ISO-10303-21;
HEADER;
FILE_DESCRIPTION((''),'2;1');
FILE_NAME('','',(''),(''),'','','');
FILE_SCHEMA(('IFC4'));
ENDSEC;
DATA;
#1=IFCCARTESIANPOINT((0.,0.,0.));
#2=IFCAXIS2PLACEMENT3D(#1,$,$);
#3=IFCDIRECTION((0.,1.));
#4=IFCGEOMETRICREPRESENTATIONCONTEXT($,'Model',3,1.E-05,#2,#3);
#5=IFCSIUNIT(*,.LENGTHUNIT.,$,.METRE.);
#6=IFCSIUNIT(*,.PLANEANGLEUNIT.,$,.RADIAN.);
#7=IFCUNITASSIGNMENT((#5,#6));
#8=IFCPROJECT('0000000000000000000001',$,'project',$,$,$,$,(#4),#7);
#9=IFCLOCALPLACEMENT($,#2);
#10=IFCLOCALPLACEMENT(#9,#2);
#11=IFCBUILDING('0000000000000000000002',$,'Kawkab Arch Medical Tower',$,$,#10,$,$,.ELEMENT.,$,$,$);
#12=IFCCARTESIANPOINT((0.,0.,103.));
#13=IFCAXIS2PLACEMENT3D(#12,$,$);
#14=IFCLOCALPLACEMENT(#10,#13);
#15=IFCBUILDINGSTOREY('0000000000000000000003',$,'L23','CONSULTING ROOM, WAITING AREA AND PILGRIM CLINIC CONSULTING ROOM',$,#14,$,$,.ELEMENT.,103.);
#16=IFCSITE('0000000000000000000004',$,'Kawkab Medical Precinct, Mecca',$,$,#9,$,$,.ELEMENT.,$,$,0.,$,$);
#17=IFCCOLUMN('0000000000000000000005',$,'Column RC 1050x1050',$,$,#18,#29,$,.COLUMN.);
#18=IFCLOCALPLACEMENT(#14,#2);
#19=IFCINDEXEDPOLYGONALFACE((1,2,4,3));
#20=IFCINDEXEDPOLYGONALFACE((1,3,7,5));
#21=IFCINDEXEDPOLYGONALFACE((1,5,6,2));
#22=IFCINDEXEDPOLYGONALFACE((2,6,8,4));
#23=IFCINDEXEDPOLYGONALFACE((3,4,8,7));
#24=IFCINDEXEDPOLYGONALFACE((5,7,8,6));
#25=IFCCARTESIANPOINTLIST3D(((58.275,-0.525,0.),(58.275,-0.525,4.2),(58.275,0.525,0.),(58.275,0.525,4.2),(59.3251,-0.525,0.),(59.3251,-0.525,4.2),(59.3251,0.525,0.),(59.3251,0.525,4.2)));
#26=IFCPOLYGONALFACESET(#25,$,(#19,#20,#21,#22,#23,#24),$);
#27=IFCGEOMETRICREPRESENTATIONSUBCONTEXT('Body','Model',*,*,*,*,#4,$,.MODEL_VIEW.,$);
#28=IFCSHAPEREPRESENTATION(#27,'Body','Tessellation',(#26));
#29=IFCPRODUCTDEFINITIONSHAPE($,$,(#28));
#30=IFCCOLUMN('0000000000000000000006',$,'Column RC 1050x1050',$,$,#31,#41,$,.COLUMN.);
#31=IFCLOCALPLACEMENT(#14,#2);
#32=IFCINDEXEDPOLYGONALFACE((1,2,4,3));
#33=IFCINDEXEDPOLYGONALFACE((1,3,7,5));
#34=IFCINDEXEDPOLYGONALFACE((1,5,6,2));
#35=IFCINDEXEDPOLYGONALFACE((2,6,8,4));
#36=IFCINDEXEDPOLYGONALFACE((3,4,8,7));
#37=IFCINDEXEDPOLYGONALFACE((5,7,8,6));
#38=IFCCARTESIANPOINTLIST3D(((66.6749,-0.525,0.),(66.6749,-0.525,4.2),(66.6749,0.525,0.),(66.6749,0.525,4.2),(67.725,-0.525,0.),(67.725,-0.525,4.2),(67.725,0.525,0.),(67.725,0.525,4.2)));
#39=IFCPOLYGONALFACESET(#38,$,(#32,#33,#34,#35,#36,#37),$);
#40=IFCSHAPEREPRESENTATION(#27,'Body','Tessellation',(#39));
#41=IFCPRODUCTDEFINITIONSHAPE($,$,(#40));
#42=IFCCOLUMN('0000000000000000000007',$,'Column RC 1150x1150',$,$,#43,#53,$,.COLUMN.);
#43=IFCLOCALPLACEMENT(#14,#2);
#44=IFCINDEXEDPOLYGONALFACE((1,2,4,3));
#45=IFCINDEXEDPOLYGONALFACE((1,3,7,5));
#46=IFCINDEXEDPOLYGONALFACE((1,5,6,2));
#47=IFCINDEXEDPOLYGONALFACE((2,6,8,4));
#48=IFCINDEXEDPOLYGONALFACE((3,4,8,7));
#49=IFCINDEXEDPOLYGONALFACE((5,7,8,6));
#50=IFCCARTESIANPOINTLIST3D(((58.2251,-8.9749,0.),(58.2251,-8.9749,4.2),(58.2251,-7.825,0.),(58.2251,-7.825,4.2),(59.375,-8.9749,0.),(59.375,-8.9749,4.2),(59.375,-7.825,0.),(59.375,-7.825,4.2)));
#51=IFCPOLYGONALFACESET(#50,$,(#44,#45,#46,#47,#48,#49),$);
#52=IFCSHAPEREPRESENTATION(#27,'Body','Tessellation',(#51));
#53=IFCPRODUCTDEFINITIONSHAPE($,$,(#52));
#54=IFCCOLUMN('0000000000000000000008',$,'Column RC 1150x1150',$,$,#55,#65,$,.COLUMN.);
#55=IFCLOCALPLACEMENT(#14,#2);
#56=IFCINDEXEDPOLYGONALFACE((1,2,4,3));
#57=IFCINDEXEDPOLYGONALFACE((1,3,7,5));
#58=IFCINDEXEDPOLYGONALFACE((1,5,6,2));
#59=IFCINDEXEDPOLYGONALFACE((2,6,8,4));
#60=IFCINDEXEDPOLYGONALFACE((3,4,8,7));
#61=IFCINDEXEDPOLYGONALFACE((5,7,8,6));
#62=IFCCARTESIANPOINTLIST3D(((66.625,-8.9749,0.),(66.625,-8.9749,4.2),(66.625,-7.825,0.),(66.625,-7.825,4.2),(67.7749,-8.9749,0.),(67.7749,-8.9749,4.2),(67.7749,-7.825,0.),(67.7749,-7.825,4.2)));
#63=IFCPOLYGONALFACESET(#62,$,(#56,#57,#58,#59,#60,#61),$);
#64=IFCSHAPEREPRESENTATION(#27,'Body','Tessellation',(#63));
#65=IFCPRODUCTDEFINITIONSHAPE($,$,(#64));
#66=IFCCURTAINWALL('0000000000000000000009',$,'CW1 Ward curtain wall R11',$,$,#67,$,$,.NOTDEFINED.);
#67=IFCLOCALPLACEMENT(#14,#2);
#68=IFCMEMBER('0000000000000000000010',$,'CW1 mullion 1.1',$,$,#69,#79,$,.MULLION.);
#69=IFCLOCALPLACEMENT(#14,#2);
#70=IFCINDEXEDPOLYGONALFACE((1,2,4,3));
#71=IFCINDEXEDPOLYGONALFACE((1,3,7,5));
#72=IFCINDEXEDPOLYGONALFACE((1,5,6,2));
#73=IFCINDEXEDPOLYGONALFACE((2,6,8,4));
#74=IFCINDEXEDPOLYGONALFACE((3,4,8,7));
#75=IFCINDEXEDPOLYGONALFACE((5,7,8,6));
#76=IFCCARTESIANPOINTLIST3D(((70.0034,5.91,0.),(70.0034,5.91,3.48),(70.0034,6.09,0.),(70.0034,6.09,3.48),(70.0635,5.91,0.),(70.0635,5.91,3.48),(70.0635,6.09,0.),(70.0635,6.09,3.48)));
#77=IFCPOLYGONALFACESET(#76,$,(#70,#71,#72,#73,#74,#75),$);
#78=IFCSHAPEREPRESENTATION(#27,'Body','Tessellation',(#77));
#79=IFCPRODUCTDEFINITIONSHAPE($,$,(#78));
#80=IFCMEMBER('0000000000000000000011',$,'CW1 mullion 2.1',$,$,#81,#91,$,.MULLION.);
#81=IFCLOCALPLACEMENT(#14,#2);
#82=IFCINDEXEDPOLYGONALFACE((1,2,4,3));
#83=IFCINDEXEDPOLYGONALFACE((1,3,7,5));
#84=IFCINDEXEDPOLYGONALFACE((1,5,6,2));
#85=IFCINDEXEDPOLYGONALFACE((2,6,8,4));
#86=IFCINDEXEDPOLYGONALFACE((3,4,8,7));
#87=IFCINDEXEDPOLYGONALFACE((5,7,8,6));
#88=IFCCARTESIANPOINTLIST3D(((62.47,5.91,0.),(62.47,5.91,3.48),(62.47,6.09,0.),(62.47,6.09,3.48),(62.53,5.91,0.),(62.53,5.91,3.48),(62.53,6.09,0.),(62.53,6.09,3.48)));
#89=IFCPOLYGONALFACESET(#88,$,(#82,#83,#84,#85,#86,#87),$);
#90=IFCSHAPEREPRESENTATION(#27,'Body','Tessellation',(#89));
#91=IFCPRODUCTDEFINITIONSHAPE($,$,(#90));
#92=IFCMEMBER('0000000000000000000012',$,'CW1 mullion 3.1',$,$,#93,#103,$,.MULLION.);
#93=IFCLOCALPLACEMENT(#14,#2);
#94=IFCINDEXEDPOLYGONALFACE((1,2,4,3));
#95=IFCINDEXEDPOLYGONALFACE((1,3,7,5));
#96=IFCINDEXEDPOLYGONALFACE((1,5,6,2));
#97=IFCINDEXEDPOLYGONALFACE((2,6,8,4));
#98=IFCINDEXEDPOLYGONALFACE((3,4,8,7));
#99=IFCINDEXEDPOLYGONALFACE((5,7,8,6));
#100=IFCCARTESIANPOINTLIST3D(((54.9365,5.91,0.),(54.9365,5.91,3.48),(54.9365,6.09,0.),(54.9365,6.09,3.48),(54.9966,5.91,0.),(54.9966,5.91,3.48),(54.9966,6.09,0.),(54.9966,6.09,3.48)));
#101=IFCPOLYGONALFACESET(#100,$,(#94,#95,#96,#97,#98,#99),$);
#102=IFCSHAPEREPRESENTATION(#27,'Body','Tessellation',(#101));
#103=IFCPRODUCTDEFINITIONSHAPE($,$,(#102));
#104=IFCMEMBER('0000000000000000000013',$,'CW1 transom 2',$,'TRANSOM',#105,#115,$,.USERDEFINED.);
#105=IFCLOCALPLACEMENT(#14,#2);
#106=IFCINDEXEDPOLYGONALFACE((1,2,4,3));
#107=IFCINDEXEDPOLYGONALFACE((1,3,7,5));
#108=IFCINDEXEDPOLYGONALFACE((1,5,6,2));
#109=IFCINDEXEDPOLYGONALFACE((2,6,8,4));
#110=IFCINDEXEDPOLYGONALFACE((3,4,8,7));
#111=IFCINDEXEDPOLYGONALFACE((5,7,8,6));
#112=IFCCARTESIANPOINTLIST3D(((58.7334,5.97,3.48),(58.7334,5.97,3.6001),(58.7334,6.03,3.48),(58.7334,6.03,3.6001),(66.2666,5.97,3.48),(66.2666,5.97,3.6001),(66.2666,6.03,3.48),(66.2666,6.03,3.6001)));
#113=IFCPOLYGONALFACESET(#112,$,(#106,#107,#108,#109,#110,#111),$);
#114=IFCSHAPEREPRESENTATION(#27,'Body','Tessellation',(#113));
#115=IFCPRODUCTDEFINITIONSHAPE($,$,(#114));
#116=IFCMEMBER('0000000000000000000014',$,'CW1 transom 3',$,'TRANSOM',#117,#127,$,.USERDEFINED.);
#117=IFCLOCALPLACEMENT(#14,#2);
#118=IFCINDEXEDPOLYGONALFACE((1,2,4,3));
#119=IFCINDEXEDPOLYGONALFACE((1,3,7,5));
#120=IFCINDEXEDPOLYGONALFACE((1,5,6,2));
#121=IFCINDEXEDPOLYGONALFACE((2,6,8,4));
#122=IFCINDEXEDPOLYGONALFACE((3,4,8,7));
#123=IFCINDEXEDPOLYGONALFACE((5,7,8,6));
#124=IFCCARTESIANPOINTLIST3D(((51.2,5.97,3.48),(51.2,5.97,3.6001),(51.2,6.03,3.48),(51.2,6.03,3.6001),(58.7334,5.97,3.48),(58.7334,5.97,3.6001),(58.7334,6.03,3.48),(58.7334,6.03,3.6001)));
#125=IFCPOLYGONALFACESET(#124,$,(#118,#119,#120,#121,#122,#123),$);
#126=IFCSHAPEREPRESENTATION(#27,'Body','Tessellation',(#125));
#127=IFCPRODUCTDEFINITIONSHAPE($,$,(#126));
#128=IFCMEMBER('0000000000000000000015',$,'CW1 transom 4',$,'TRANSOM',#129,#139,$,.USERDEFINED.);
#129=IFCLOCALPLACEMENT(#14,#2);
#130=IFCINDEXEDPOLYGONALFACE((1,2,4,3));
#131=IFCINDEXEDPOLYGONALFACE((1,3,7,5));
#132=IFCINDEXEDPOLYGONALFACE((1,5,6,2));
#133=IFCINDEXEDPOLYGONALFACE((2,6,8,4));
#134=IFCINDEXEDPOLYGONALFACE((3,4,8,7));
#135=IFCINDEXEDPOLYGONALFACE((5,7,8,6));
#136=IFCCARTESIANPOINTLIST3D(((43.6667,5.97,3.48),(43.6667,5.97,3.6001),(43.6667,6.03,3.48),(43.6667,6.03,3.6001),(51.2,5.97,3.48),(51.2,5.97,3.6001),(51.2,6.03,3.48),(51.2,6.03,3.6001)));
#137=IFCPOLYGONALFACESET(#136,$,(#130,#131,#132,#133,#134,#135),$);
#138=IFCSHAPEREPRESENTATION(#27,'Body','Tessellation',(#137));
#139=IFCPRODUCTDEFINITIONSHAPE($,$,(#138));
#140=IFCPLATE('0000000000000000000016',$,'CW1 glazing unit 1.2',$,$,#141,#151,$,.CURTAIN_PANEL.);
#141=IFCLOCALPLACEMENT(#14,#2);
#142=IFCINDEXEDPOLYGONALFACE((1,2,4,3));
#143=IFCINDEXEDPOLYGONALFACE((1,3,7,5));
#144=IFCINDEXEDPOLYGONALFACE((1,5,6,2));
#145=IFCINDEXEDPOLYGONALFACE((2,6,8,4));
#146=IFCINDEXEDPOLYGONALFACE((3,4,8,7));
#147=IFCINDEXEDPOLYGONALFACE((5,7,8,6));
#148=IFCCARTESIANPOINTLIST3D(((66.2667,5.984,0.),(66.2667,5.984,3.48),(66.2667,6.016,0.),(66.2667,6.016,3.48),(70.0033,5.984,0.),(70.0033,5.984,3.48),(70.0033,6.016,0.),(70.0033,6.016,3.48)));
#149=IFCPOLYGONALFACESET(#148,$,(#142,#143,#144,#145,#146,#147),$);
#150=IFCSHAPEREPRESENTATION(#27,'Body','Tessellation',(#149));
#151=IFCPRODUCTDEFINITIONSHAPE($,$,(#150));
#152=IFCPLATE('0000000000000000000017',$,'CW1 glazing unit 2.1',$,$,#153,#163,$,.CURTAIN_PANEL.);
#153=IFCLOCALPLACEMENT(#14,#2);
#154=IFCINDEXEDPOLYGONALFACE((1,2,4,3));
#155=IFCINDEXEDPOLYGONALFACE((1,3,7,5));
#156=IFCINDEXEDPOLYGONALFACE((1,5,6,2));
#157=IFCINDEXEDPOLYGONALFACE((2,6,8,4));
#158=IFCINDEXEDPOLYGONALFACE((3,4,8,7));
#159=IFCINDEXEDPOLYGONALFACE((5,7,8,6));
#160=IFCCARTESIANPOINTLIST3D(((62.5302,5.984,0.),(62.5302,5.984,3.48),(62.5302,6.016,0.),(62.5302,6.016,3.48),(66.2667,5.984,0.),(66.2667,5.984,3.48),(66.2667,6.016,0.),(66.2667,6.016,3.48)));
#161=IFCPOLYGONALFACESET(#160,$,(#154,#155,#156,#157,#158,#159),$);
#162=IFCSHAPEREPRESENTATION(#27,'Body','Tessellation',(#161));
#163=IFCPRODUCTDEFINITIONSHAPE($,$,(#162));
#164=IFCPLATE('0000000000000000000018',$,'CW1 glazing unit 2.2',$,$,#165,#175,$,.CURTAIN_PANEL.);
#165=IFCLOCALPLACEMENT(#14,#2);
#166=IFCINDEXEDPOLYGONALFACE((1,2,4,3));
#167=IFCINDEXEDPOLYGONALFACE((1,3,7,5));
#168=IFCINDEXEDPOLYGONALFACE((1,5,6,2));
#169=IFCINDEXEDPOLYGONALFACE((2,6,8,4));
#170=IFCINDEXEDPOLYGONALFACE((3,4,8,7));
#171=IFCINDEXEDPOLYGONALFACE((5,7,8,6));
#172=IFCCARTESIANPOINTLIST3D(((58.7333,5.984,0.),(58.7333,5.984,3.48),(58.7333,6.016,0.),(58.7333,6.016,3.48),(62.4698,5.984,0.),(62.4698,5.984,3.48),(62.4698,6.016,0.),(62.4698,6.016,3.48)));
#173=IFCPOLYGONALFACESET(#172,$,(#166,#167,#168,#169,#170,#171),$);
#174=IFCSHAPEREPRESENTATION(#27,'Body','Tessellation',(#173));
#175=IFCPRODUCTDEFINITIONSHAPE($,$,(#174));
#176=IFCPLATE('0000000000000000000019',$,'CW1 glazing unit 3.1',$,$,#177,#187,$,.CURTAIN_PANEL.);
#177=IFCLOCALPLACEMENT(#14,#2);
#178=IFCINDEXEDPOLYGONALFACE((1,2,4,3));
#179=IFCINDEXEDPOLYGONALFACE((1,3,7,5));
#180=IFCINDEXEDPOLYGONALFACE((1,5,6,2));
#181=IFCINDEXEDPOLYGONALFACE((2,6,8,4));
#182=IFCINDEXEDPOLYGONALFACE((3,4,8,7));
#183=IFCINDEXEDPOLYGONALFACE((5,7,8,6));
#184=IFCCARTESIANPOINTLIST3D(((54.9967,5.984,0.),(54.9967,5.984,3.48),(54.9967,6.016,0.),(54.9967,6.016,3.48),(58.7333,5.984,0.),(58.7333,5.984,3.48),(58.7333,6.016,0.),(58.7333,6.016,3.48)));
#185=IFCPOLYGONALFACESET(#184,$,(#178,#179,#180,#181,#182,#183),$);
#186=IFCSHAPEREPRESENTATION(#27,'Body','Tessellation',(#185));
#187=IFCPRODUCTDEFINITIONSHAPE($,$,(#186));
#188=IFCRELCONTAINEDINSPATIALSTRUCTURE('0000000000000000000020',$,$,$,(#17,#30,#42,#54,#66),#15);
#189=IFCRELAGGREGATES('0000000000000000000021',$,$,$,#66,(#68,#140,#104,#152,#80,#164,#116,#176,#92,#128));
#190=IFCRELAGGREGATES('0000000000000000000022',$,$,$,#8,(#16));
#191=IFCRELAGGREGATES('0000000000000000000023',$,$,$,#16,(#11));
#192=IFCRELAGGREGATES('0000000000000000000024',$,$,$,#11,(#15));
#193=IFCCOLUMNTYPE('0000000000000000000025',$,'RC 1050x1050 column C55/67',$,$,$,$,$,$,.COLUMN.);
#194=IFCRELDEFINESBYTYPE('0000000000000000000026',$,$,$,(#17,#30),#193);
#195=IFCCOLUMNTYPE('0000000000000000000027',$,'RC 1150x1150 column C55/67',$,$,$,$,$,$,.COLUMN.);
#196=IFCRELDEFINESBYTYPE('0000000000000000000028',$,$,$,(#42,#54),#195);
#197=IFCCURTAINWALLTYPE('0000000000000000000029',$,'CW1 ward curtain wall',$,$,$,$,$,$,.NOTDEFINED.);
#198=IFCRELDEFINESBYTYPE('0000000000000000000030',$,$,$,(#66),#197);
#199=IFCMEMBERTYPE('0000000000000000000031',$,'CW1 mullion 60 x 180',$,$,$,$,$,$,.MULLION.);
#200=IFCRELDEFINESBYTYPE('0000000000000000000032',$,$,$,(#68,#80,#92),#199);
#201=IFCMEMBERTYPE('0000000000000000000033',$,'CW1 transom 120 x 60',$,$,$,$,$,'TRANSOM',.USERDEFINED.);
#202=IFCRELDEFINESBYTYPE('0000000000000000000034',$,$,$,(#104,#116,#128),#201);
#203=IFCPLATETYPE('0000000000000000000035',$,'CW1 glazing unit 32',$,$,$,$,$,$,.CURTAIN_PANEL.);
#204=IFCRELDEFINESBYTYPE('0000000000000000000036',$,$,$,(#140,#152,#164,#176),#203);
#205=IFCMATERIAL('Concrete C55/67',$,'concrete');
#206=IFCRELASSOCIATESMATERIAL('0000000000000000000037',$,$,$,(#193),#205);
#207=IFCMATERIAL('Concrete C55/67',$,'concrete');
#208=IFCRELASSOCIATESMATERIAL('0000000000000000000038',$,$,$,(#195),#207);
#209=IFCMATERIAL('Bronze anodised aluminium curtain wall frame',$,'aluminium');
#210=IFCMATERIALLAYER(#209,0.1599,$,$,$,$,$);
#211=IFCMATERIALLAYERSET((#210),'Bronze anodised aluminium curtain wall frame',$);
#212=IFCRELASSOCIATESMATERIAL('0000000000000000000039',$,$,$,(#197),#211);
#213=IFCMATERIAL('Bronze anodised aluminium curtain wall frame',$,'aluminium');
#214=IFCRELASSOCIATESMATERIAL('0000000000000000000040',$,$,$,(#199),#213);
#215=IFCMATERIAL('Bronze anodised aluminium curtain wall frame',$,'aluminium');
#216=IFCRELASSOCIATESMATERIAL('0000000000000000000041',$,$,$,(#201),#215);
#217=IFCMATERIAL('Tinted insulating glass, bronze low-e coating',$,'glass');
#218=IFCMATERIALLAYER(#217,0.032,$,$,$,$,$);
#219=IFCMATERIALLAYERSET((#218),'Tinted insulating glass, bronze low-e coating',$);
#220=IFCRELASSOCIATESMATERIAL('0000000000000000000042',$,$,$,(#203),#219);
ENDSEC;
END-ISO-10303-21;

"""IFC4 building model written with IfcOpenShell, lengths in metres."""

from ifc_helpers import new_model, si_unit, direction, frame, origin, origin_2d, place, context, subcontext, project, spatial, rectangle, extrude, material, layer, layer_set, material_profile, profile_set, type_object, element, aggregate, save


model = new_model("IFC4")

# Units and contexts
model_context = context("Model", 3, precision=1e-05, world=origin(), true_north=direction((0.0, 1.0)))
body_context = subcontext(model_context, "Body", "Model", "MODEL_VIEW")
ifc_project = project(units=[si_unit("LENGTHUNIT", "METRE"), si_unit("PLANEANGLEUNIT", "RADIAN")], contexts=[model_context])

# Site, building, storey
site_placement = place(None, origin())
site = spatial("IfcSite", under=ifc_project, at=site_placement, Name="Kawkab Medical Precinct, Mecca", CompositionType="ELEMENT", RefElevation=0.0)
building_placement = place(site_placement, origin())
building = spatial("IfcBuilding", under=site, at=building_placement, Name="Kawkab Arch Medical Tower", CompositionType="ELEMENT")
storey_placement = place(building_placement, frame((0.0, 0.0, 103.0)))
storey = spatial("IfcBuildingStorey", under=building, at=storey_placement, Name="L23", Description="CONSULTING ROOM, WAITING AREA AND PILGRIM CLINIC CONSULTING ROOM", CompositionType="ELEMENT", Elevation=103.0)

# Columns
ifc_material_1 = material(Name="Concrete C55/67", Category="concrete")
ifc_material_profile_1 = material_profile(ifc_material_1, rectangle(XDim=1.05, YDim=1.05, at=origin_2d()), Name="RC 1050x1050")
ifc_profile_set_1 = profile_set([ifc_material_profile_1], Name="Concrete C55/67")
column_type_1 = type_object("IfcColumnType", Name="RC 1050x1050 column C55/67", PredefinedType="COLUMN", material=ifc_profile_set_1)
for number, where, z_axis, x_axis, name in (
    (1, (58.8, 0.0, 0.0), (0.0, 0.0, 1.0), (1.0, 0.0, 0.0), "Column RC 1050x1050"),
    (2, (67.2, 0.0, 0.0), (0.0, 0.0, 1.0), (1.0, 0.0, 0.0), "Column RC 1050x1050"),
):
    element("IfcColumn", number, at=place(storey_placement, frame(where, z_axis=z_axis, x_axis=x_axis)), inside=storey, type_object=column_type_1, Name=name, PredefinedType="COLUMN", context=body_context, shape_type="SweptSolid", body=[
        extrude(rectangle(XDim=1.05, YDim=1.05, at=origin_2d()), origin(), (0.0, 0.0, 1.0), 4.2),
    ])
ifc_material_2 = material(Name="Concrete C55/67", Category="concrete")
ifc_material_profile_2 = material_profile(ifc_material_2, rectangle(XDim=1.1499, YDim=1.1499, at=origin_2d()), Name="RC 1150x1150")
ifc_profile_set_2 = profile_set([ifc_material_profile_2], Name="Concrete C55/67")
column_type_2 = type_object("IfcColumnType", Name="RC 1150x1150 column C55/67", PredefinedType="COLUMN", material=ifc_profile_set_2)
for number, where, z_axis, x_axis, name in (
    (3, (58.8, -8.3999, 0.0), (0.0, 0.0, 1.0), (1.0, 0.0, 0.0), "Column RC 1150x1150"),
    (4, (67.2, -8.3999, 0.0), (0.0, 0.0, 1.0), (1.0, 0.0, 0.0), "Column RC 1150x1150"),
):
    element("IfcColumn", number, at=place(storey_placement, frame(where, z_axis=z_axis, x_axis=x_axis)), inside=storey, type_object=column_type_2, Name=name, PredefinedType="COLUMN", context=body_context, shape_type="SweptSolid", body=[
        extrude(rectangle(XDim=1.1499, YDim=1.1499, at=origin_2d()), origin(), (0.0, 0.0, 1.0), 4.2),
    ])

# Curtain wall, members, plates
ifc_material_3 = material(Name="Bronze anodised aluminium curtain wall frame", Category="aluminium")
ifc_layer_1 = layer(ifc_material_3, 0.1599)
ifc_layer_set_1 = layer_set([ifc_layer_1], Name="Bronze anodised aluminium curtain wall frame")
curtain_wall_type = type_object("IfcCurtainWallType", Name="CW1 ward curtain wall", PredefinedType="NOTDEFINED", material=ifc_layer_set_1)
curtain_wall_placement = place(storey_placement, origin())
curtain_wall = element("IfcCurtainWall", 5, at=curtain_wall_placement, inside=storey, type_object=curtain_wall_type, Name="CW1 Ward curtain wall R11", PredefinedType="NOTDEFINED")
ifc_material_4 = material(Name="Bronze anodised aluminium curtain wall frame", Category="aluminium")
ifc_material_profile_3 = material_profile(ifc_material_4, rectangle(XDim=0.1799, YDim=0.0601, at=origin_2d()), Name="AL 60x180")
ifc_profile_set_3 = profile_set([ifc_material_profile_3], Name="Bronze anodised aluminium curtain wall frame")
member_type_1 = type_object("IfcMemberType", Name="CW1 mullion 60 x 180", PredefinedType="MULLION", material=ifc_profile_set_3)
member_1_placement = place(storey_placement, frame((70.0334, 6.0, 0.0), z_axis=(0.0, 0.0, 1.0), x_axis=(0.0, -1.0, 0.0)))
member_1 = element("IfcMember", 6, at=member_1_placement, type_object=member_type_1, Name="CW1 mullion 1.1", PredefinedType="MULLION", context=body_context, shape_type="SweptSolid", body=[
    extrude(rectangle(XDim=0.1799, YDim=0.0601, at=origin_2d()), origin(), (0.0, 0.0, 1.0), 3.48),
])
member_2_placement = place(storey_placement, frame((62.5, 6.0, 0.0), z_axis=(0.0, 0.0, 1.0), x_axis=(0.0, -1.0, 0.0)))
member_2 = element("IfcMember", 7, at=member_2_placement, type_object=member_type_1, Name="CW1 mullion 2.1", PredefinedType="MULLION", context=body_context, shape_type="SweptSolid", body=[
    extrude(rectangle(XDim=0.1799, YDim=0.0601, at=origin_2d()), origin(), (0.0, 0.0, 1.0), 3.48),
])
member_3_placement = place(storey_placement, frame((54.9666, 6.0, 0.0), z_axis=(0.0, 0.0, 1.0), x_axis=(0.0, -1.0, 0.0)))
member_3 = element("IfcMember", 8, at=member_3_placement, type_object=member_type_1, Name="CW1 mullion 3.1", PredefinedType="MULLION", context=body_context, shape_type="SweptSolid", body=[
    extrude(rectangle(XDim=0.1799, YDim=0.0601, at=origin_2d()), origin(), (0.0, 0.0, 1.0), 3.48),
])
ifc_material_5 = material(Name="Bronze anodised aluminium curtain wall frame", Category="aluminium")
ifc_material_profile_4 = material_profile(ifc_material_5, rectangle(XDim=0.0601, YDim=0.1201, at=origin_2d()), Name="AL 60x120")
ifc_profile_set_4 = profile_set([ifc_material_profile_4], Name="Bronze anodised aluminium curtain wall frame")
member_type_2 = type_object("IfcMemberType", Name="CW1 transom 120 x 60", ElementType="TRANSOM", PredefinedType="USERDEFINED", material=ifc_profile_set_4)
member_4_placement = place(storey_placement, frame((66.2666, 6.0, 3.54), z_axis=(-1.0, 0.0, 0.0), x_axis=(0.0, -1.0, 0.0)))
member_4 = element("IfcMember", 9, at=member_4_placement, type_object=member_type_2, Name="CW1 transom 2", ObjectType="TRANSOM", PredefinedType="USERDEFINED", context=body_context, shape_type="SweptSolid", body=[
    extrude(rectangle(XDim=0.0601, YDim=0.1201, at=origin_2d()), origin(), (0.0, 0.0, 1.0), 7.5332),
])
member_5_placement = place(storey_placement, frame((58.7334, 6.0, 3.54), z_axis=(-1.0, 0.0, 0.0), x_axis=(0.0, -1.0, 0.0)))
member_5 = element("IfcMember", 10, at=member_5_placement, type_object=member_type_2, Name="CW1 transom 3", ObjectType="TRANSOM", PredefinedType="USERDEFINED", context=body_context, shape_type="SweptSolid", body=[
    extrude(rectangle(XDim=0.0601, YDim=0.1201, at=origin_2d()), origin(), (0.0, 0.0, 1.0), 7.5334),
])
member_6_placement = place(storey_placement, frame((51.2, 6.0, 3.54), z_axis=(-1.0, 0.0, 0.0), x_axis=(0.0, -1.0, 0.0)))
member_6 = element("IfcMember", 11, at=member_6_placement, type_object=member_type_2, Name="CW1 transom 4", ObjectType="TRANSOM", PredefinedType="USERDEFINED", context=body_context, shape_type="SweptSolid", body=[
    extrude(rectangle(XDim=0.0601, YDim=0.1201, at=origin_2d()), origin(), (0.0, 0.0, 1.0), 7.5332),
])
ifc_material_6 = material(Name="Tinted insulating glass, bronze low-e coating", Category="glass")
ifc_layer_2 = layer(ifc_material_6, 0.032)
ifc_layer_set_2 = layer_set([ifc_layer_2], Name="Tinted insulating glass, bronze low-e coating")
plate_type = type_object("IfcPlateType", Name="CW1 glazing unit 32", PredefinedType="CURTAIN_PANEL", material=ifc_layer_set_2)
plate_1_placement = place(storey_placement, frame((68.135, 6.0, 0.0), z_axis=(0.0, 0.0, 1.0), x_axis=(-1.0, 0.0, 0.0)))
plate_1 = element("IfcPlate", 12, at=plate_1_placement, type_object=plate_type, Name="CW1 glazing unit 1.2", PredefinedType="CURTAIN_PANEL", context=body_context, shape_type="SweptSolid", body=[
    extrude(rectangle(XDim=3.7366, YDim=0.032, at=origin_2d()), origin(), (0.0, 0.0, 1.0), 3.48),
])
plate_2_placement = place(storey_placement, frame((64.3984, 6.0, 0.0), z_axis=(0.0, 0.0, 1.0), x_axis=(-1.0, 0.0, 0.0)))
plate_2 = element("IfcPlate", 13, at=plate_2_placement, type_object=plate_type, Name="CW1 glazing unit 2.1", PredefinedType="CURTAIN_PANEL", context=body_context, shape_type="SweptSolid", body=[
    extrude(rectangle(XDim=3.7366, YDim=0.032, at=origin_2d()), origin(), (0.0, 0.0, 1.0), 3.48),
])
plate_3_placement = place(storey_placement, frame((60.6016, 6.0, 0.0), z_axis=(0.0, 0.0, 1.0), x_axis=(-1.0, 0.0, 0.0)))
plate_3 = element("IfcPlate", 14, at=plate_3_placement, type_object=plate_type, Name="CW1 glazing unit 2.2", PredefinedType="CURTAIN_PANEL", context=body_context, shape_type="SweptSolid", body=[
    extrude(rectangle(XDim=3.7366, YDim=0.032, at=origin_2d()), origin(), (0.0, 0.0, 1.0), 3.48),
])
plate_4_placement = place(storey_placement, frame((56.865, 6.0, 0.0), z_axis=(0.0, 0.0, 1.0), x_axis=(-1.0, 0.0, 0.0)))
plate_4 = element("IfcPlate", 15, at=plate_4_placement, type_object=plate_type, Name="CW1 glazing unit 3.1", PredefinedType="CURTAIN_PANEL", context=body_context, shape_type="SweptSolid", body=[
    extrude(rectangle(XDim=3.7366, YDim=0.032, at=origin_2d()), origin(), (0.0, 0.0, 1.0), 3.48),
])
aggregate(curtain_wall, [member_1, plate_1, member_4, plate_2, member_2, plate_3, member_5, plate_4, member_3, member_6])

save(model, "model.ifc")
